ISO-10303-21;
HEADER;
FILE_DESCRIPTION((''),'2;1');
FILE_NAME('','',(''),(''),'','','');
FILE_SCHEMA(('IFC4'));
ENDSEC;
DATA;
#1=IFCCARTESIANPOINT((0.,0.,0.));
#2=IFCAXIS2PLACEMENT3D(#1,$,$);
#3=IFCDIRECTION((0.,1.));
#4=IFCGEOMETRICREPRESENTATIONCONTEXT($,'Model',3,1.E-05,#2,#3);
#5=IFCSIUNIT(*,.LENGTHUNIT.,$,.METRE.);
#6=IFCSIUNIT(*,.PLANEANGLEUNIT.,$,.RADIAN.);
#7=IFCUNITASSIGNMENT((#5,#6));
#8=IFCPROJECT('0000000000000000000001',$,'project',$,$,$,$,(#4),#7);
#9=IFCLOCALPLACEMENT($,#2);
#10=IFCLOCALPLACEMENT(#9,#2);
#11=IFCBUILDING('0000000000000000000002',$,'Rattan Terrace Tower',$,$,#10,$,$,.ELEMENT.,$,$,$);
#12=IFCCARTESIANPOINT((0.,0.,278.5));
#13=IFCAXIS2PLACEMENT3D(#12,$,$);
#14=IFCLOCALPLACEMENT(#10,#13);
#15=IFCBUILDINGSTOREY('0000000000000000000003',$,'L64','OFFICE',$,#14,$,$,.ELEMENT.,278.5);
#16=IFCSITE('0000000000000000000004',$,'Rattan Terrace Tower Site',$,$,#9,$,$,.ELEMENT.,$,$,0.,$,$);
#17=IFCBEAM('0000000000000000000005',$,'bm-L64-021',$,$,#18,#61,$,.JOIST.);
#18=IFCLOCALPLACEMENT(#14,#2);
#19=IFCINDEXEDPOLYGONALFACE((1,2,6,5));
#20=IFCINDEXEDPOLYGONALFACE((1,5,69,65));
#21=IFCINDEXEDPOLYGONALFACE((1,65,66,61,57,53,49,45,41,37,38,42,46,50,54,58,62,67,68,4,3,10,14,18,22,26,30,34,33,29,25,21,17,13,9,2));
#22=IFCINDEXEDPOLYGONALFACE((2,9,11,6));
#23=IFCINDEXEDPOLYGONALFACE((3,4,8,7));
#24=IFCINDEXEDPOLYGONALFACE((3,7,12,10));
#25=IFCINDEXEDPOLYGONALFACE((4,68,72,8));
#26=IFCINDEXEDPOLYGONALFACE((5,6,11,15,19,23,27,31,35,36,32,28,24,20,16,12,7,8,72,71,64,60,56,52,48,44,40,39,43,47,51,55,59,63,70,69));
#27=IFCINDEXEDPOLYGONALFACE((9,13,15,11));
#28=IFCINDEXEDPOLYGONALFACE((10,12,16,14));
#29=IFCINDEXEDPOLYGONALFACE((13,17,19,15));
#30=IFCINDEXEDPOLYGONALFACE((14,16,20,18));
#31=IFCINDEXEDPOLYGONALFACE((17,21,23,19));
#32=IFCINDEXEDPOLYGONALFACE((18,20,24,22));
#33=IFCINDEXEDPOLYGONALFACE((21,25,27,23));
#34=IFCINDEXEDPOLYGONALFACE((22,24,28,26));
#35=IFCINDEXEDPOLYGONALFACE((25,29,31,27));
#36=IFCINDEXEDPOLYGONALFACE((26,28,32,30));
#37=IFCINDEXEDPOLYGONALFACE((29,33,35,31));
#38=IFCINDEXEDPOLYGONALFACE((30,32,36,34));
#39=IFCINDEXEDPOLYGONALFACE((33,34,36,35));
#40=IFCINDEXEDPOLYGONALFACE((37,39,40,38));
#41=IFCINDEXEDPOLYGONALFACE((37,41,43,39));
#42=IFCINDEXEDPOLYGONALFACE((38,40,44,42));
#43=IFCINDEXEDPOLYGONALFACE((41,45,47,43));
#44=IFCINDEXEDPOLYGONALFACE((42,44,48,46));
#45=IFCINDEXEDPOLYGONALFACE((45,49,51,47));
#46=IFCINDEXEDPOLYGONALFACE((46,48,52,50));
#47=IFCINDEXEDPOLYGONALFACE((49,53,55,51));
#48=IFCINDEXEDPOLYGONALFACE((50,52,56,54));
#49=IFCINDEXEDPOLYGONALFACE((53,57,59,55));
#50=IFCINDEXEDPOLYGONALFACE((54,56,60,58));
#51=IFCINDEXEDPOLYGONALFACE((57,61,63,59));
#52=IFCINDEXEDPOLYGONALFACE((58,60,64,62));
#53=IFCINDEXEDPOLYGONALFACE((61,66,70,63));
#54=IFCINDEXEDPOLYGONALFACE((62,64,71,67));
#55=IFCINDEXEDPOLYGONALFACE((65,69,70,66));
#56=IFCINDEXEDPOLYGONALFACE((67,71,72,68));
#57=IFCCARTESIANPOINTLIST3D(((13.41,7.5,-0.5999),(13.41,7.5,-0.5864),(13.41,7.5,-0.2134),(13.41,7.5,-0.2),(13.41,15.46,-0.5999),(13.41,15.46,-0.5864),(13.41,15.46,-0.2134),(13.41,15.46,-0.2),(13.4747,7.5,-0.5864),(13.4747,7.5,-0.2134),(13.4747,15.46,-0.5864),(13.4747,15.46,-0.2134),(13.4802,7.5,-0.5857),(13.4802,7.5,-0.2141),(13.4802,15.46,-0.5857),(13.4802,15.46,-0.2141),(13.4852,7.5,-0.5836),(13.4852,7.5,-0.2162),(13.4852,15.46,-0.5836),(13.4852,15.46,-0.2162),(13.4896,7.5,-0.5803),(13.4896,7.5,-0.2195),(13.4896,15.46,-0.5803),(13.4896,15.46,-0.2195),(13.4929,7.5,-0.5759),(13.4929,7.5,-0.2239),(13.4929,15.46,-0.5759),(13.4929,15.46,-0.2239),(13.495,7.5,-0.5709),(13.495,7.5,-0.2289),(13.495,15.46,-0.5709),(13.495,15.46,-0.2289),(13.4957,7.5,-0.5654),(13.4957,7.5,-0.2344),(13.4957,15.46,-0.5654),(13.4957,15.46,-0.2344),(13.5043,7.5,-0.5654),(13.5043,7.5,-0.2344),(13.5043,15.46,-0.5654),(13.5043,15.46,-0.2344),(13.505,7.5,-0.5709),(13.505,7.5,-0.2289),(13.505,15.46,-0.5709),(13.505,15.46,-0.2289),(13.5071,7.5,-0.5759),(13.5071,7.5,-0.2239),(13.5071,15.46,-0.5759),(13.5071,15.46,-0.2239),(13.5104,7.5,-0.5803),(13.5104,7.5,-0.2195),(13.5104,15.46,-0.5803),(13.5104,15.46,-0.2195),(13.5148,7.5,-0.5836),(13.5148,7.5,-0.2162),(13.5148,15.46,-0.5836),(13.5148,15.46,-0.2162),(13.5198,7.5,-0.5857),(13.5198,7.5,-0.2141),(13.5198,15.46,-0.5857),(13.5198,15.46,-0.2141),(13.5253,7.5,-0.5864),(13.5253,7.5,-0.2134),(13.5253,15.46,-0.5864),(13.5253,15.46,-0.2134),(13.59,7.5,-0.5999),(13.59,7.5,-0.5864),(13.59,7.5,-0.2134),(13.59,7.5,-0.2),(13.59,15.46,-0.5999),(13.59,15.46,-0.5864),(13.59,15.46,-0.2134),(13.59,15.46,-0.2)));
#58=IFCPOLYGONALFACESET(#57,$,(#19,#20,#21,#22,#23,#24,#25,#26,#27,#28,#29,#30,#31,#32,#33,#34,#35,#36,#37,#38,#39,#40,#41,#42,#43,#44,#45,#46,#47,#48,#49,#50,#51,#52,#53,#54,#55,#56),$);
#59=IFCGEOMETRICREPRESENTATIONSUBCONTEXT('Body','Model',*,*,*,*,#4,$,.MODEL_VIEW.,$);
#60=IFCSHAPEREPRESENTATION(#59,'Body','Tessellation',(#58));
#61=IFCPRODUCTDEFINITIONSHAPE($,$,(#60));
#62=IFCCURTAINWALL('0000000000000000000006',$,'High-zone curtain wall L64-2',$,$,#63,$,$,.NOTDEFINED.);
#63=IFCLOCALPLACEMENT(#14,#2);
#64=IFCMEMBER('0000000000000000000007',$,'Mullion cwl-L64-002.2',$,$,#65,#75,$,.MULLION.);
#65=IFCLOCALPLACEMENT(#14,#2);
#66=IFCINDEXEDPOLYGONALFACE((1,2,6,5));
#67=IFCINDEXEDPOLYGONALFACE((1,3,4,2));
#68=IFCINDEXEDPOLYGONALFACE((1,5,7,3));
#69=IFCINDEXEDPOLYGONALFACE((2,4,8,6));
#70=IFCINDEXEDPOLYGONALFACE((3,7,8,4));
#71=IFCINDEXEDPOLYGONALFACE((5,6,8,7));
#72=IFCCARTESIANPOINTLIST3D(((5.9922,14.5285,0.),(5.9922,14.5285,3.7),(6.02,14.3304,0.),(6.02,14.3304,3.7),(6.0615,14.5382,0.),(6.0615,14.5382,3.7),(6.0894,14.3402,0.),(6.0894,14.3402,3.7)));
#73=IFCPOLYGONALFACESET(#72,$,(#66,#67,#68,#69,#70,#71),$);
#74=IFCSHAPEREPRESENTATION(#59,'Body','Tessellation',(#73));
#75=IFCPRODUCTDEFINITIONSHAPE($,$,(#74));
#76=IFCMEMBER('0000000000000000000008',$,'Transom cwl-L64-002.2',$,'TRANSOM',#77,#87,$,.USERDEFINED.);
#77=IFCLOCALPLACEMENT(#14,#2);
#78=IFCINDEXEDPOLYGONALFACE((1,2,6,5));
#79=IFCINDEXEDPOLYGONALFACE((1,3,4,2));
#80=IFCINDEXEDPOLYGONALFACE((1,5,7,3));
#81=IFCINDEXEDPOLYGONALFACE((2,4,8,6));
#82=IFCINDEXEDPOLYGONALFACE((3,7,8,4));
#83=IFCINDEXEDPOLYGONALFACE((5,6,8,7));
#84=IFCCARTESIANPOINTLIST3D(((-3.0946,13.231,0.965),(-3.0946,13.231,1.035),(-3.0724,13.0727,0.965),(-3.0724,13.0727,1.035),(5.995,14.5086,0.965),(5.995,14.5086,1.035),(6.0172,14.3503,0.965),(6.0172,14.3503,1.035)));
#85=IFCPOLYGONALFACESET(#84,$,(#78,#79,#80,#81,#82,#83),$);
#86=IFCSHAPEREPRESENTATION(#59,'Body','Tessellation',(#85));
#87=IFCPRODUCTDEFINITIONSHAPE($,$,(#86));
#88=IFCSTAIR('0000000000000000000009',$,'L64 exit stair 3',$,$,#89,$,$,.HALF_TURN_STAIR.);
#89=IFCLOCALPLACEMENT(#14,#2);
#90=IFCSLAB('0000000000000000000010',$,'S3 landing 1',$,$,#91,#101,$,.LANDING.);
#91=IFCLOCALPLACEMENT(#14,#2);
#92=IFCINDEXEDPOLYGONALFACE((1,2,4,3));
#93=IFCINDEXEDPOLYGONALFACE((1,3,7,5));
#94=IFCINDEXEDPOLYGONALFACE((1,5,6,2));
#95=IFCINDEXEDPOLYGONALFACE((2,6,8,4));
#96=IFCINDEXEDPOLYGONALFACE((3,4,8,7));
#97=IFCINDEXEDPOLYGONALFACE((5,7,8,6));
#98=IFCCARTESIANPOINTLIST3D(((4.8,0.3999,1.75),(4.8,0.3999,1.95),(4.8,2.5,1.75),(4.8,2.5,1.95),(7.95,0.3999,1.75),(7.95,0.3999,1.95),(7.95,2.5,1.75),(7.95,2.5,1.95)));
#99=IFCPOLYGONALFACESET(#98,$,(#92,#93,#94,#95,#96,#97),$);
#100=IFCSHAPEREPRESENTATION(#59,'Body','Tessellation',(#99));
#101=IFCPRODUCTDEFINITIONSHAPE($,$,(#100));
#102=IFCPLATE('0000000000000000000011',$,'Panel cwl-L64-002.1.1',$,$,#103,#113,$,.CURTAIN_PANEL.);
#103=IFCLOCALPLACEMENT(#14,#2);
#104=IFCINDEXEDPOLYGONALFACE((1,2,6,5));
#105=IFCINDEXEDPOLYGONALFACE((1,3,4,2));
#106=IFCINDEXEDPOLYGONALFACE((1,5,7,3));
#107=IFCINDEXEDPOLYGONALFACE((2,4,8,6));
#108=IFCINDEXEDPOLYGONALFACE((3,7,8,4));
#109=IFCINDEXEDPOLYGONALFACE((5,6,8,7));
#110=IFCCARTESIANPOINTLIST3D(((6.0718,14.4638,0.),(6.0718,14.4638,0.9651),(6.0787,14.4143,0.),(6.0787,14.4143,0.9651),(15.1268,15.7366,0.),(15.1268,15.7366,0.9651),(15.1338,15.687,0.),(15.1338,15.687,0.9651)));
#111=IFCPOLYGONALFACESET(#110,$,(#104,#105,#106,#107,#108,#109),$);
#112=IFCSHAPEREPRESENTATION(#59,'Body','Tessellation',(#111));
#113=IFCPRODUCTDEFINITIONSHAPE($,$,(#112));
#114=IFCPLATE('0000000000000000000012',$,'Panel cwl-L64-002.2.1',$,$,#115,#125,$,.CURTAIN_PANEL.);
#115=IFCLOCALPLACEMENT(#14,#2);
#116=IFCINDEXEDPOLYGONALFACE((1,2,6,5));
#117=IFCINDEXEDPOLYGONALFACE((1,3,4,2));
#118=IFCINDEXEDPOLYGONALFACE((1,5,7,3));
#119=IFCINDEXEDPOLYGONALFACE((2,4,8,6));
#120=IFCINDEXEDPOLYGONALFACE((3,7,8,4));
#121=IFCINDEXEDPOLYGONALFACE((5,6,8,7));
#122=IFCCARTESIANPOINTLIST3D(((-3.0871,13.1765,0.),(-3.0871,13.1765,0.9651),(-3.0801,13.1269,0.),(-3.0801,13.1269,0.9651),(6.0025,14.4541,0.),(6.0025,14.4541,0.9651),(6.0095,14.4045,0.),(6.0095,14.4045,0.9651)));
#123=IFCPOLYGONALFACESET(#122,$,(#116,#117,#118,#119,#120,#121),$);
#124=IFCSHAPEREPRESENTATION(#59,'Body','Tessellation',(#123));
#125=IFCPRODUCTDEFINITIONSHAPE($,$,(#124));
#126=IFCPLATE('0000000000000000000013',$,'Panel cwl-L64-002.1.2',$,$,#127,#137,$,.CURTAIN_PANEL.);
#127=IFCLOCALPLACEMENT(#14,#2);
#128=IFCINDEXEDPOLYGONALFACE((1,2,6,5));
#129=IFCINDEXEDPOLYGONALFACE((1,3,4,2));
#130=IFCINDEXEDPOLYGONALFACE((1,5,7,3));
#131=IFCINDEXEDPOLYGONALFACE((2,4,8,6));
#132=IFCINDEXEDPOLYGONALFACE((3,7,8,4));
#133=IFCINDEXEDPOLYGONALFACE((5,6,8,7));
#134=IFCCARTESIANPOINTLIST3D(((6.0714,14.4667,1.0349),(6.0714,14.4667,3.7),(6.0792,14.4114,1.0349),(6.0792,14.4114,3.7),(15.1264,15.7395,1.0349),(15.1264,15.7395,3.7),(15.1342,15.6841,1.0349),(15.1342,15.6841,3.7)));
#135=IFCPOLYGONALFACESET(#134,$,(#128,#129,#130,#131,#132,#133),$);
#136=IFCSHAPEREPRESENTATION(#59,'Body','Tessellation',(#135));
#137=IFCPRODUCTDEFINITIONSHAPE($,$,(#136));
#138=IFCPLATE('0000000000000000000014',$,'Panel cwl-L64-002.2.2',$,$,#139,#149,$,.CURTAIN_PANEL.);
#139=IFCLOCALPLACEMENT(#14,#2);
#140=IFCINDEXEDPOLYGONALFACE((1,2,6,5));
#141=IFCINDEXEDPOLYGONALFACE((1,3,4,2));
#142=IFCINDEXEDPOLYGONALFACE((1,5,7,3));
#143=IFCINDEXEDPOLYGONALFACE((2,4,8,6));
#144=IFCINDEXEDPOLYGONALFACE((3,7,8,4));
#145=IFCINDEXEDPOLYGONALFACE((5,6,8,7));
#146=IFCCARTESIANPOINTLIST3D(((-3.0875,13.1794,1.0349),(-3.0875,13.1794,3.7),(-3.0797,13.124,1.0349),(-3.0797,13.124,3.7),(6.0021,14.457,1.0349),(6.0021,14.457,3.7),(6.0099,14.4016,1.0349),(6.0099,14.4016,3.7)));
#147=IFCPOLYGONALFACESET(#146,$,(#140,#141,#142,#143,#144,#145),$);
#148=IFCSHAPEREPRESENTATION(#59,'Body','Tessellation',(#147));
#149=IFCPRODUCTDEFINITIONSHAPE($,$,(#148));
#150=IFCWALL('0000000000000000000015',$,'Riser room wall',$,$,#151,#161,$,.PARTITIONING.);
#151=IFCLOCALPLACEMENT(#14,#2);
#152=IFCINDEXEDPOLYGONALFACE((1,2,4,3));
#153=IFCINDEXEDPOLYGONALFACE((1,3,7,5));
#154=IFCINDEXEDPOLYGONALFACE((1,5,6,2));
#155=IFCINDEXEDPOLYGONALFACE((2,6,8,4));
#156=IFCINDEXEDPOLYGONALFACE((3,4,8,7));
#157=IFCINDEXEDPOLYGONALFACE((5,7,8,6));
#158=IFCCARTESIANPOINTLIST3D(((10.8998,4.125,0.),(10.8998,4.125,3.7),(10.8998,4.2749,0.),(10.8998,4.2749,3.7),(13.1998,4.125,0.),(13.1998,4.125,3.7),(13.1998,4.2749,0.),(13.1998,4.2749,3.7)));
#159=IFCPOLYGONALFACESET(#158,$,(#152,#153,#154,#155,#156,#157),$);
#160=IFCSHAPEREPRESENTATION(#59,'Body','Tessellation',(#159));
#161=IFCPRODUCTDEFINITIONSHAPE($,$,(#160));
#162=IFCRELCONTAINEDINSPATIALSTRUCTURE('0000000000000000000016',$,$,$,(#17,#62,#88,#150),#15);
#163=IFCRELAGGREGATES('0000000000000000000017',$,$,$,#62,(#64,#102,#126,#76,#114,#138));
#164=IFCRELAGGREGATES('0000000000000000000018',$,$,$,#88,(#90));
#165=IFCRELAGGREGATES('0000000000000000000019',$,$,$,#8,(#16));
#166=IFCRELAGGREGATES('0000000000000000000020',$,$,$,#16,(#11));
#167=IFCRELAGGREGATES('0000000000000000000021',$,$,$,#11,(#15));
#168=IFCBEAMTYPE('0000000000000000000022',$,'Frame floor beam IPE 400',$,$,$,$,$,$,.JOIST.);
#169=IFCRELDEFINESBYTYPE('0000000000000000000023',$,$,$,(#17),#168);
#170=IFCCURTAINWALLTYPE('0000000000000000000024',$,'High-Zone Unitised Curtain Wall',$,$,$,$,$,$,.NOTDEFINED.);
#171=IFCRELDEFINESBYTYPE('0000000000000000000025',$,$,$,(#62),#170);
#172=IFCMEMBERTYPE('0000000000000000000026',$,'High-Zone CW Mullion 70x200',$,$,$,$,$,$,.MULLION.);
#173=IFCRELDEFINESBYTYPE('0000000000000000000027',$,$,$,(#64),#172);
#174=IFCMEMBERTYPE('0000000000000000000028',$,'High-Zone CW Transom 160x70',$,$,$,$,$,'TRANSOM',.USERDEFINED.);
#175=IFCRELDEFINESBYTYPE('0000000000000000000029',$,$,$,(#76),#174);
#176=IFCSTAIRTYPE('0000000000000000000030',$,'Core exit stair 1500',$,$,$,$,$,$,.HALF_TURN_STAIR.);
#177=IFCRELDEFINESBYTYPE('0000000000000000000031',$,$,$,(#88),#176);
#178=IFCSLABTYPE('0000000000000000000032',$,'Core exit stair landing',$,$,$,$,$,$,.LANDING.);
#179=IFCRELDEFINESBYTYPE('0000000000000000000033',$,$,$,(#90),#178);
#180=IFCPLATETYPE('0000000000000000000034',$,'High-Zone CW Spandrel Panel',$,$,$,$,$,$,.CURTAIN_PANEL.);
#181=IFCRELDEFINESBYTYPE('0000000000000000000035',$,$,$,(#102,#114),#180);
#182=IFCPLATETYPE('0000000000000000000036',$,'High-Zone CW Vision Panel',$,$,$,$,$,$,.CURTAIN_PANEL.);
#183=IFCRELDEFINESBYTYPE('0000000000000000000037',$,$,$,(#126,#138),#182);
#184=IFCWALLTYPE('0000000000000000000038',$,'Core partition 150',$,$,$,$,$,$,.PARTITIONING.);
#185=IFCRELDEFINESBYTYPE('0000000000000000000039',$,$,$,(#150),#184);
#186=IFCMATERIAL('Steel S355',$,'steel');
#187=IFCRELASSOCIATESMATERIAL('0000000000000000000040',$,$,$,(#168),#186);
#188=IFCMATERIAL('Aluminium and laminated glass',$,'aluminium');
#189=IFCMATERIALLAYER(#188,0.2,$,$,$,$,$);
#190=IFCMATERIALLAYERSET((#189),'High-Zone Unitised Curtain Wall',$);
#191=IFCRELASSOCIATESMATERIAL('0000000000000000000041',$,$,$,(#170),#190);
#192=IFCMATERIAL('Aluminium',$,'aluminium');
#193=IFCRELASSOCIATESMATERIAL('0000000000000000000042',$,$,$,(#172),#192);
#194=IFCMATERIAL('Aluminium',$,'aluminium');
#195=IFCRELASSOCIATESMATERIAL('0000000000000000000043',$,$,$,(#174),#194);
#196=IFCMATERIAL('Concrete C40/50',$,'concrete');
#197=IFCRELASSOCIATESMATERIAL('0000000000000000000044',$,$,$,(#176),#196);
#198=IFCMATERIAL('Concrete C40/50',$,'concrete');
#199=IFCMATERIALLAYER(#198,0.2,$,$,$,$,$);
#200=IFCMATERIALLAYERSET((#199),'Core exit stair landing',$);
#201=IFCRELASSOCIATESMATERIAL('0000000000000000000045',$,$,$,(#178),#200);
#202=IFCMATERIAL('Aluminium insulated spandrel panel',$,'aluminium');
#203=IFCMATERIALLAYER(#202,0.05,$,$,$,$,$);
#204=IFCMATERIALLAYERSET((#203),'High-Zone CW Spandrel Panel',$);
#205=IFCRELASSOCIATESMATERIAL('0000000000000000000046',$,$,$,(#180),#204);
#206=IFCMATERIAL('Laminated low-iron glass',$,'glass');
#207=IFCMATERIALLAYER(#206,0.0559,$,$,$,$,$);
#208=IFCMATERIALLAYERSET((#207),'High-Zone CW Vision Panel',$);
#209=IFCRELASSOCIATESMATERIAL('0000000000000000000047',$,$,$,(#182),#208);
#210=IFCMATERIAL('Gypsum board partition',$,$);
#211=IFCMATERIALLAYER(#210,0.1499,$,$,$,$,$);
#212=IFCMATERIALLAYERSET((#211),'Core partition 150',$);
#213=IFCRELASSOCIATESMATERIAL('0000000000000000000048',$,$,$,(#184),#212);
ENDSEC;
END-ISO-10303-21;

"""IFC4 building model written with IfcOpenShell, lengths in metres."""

from ifc_helpers import new_model, si_unit, direction, frame, frame_2d, origin, origin_2d, place, context, subcontext, project, spatial, polyline, rectangle, i_section, outline, extrude, material, layer, layer_set, material_profile, profile_set, type_object, element, aggregate, save


model = new_model("IFC4")

# Units and contexts
model_context = context("Model", 3, precision=1e-05, world=origin(), true_north=direction((0.0, 1.0)))
body_context = subcontext(model_context, "Body", "Model", "MODEL_VIEW")
ifc_project = project(units=[si_unit("LENGTHUNIT", "METRE"), si_unit("PLANEANGLEUNIT", "RADIAN")], contexts=[model_context])

# Site, building, storey
site_placement = place(None, origin())
site = spatial("IfcSite", under=ifc_project, at=site_placement, Name="Rattan Terrace Tower Site", CompositionType="ELEMENT", RefElevation=0.0)
building_placement = place(site_placement, origin())
building = spatial("IfcBuilding", under=site, at=building_placement, Name="Rattan Terrace Tower", CompositionType="ELEMENT")
storey_placement = place(building_placement, frame((0.0, 0.0, 278.5)))
storey = spatial("IfcBuildingStorey", under=building, at=storey_placement, Name="L64", Description="OFFICE", CompositionType="ELEMENT", Elevation=278.5)

# Beam
ifc_material_1 = material(Name="Steel S355", Category="steel")
ifc_material_profile_1 = material_profile(ifc_material_1, i_section(OverallWidth=0.1799, OverallDepth=0.3999, WebThickness=0.0085, FlangeThickness=0.0134, FilletRadius=0.021, at=origin_2d()), Name="IPE 400")
ifc_profile_set_1 = profile_set([ifc_material_profile_1], Name="Steel S355")
beam_type_1 = type_object("IfcBeamType", Name="Frame floor beam IPE 400", PredefinedType="JOIST", material=ifc_profile_set_1)
beam_1_placement = place(storey_placement, frame((13.5, 7.5, -0.3999), z_axis=(0.0, 1.0, 0.0), x_axis=(-1.0, 0.0, 0.0)))
element("IfcBeam", 1, at=beam_1_placement, inside=storey, type_object=beam_type_1, Name="bm-L64-021", PredefinedType="JOIST", context=body_context, shape_type="SweptSolid", body=[
    extrude(i_section(OverallWidth=0.1799, OverallDepth=0.3999, WebThickness=0.0085, FlangeThickness=0.0134, FilletRadius=0.021, at=origin_2d()), origin(), (0.0, 0.0, 1.0), 7.96),
])

# Curtain wall, members
ifc_material_2 = material(Name="Aluminium and laminated glass", Category="aluminium")
ifc_layer_1 = layer(ifc_material_2, 0.2)
ifc_layer_set_1 = layer_set([ifc_layer_1], Name="High-Zone Unitised Curtain Wall")
curtain_wall_type = type_object("IfcCurtainWallType", Name="High-Zone Unitised Curtain Wall", PredefinedType="NOTDEFINED", material=ifc_layer_set_1)
curtain_wall_placement = place(storey_placement, origin())
curtain_wall = element("IfcCurtainWall", 2, at=curtain_wall_placement, inside=storey, type_object=curtain_wall_type, Name="High-zone curtain wall L64-2", PredefinedType="NOTDEFINED")
ifc_material_3 = material(Name="Aluminium", Category="aluminium")
ifc_material_profile_2 = material_profile(ifc_material_3, rectangle(XDim=0.0701, YDim=0.2, at=origin_2d()), Name="Aluminium 70x200")
ifc_profile_set_2 = profile_set([ifc_material_profile_2], Name="Aluminium")
member_type_1 = type_object("IfcMemberType", Name="High-Zone CW Mullion 70x200", PredefinedType="MULLION", material=ifc_profile_set_2)
member_1_placement = place(storey_placement, frame((6.0408, 14.4343, 0.0), z_axis=(0.0, 0.0, 1.0), x_axis=(-0.990266, -0.139189, 0.0)))
member_1 = element("IfcMember", 3, at=member_1_placement, type_object=member_type_1, Name="Mullion cwl-L64-002.2", PredefinedType="MULLION", context=body_context, shape_type="SweptSolid", body=[
    extrude(rectangle(XDim=0.0701, YDim=0.2, at=origin_2d()), origin(), (0.0, 0.0, 1.0), 3.7),
])
ifc_material_4 = material(Name="Aluminium", Category="aluminium")
ifc_material_profile_3 = material_profile(ifc_material_4, rectangle(XDim=0.1599, YDim=0.0701, at=origin_2d()), Name="Aluminium 160x70")
ifc_profile_set_3 = profile_set([ifc_material_profile_3], Name="Aluminium")
member_type_2 = type_object("IfcMemberType", Name="High-Zone CW Transom 160x70", ElementType="TRANSOM", PredefinedType="USERDEFINED", material=ifc_profile_set_3)
member_2_placement = place(storey_placement, frame((6.0061, 14.4294, 1.0), z_axis=(-0.990266, -0.139187, 0.0), x_axis=(0.139187, -0.990266, 0.0)))
member_2 = element("IfcMember", 4, at=member_2_placement, type_object=member_type_2, Name="Transom cwl-L64-002.2", ObjectType="TRANSOM", PredefinedType="USERDEFINED", context=body_context, shape_type="SweptSolid", body=[
    extrude(rectangle(XDim=0.1599, YDim=0.0701, at=origin_2d()), origin(), (0.0, 0.0, 1.0), 9.179),
])

# Stair, slab
ifc_material_5 = material(Name="Concrete C40/50", Category="concrete")
stair_type = type_object("IfcStairType", Name="Core exit stair 1500", PredefinedType="HALF_TURN_STAIR", material=ifc_material_5)
stair_placement = place(storey_placement, origin())
stair = element("IfcStair", 5, at=stair_placement, inside=storey, type_object=stair_type, Name="L64 exit stair 3", PredefinedType="HALF_TURN_STAIR")
ifc_material_6 = material(Name="Concrete C40/50", Category="concrete")
ifc_layer_2 = layer(ifc_material_6, 0.2)
ifc_layer_set_2 = layer_set([ifc_layer_2], Name="Core exit stair landing")
slab_type = type_object("IfcSlabType", Name="Core exit stair landing", PredefinedType="LANDING", material=ifc_layer_set_2)
slab_placement = place(storey_placement, frame((0.0, 0.0, 1.75)))
slab = element("IfcSlab", 6, at=slab_placement, type_object=slab_type, Name="S3 landing 1", PredefinedType="LANDING", context=body_context, shape_type="SweptSolid", body=[
    extrude(outline(polyline([(4.8, 2.5), (4.8, 0.3999), (7.95, 0.3999), (7.95, 2.5), (4.8, 2.5)])), origin(), (0.0, 0.0, 1.0), 0.2),
])

# Plates
ifc_material_7 = material(Name="Aluminium insulated spandrel panel", Category="aluminium")
ifc_layer_3 = layer(ifc_material_7, 0.05)
ifc_layer_set_3 = layer_set([ifc_layer_3], Name="High-Zone CW Spandrel Panel")
plate_type_1 = type_object("IfcPlateType", Name="High-Zone CW Spandrel Panel", PredefinedType="CURTAIN_PANEL", material=ifc_layer_set_3)
plate_1_placement = place(storey_placement, frame((10.6028, 15.0754, 0.0), z_axis=(0.0, 0.0, 1.0), x_axis=(-0.990266, -0.139189, 0.0)))
plate_1 = element("IfcPlate", 7, at=plate_1_placement, type_object=plate_type_1, Name="Panel cwl-L64-002.1.1", PredefinedType="CURTAIN_PANEL", context=body_context, shape_type="SweptSolid", body=[
    extrude(rectangle(XDim=9.144, YDim=0.05, at=origin_2d()), origin(), (0.0, 0.0, 1.0), 0.9651),
])
plate_2_placement = place(storey_placement, frame((1.4612, 13.7905, 0.0), z_axis=(0.0, 0.0, 1.0), x_axis=(-0.990266, -0.139189, 0.0)))
plate_2 = element("IfcPlate", 8, at=plate_2_placement, type_object=plate_type_1, Name="Panel cwl-L64-002.2.1", PredefinedType="CURTAIN_PANEL", context=body_context, shape_type="SweptSolid", body=[
    extrude(rectangle(XDim=9.179, YDim=0.05, at=origin_2d()), origin(), (0.0, 0.0, 1.0), 0.9651),
])
ifc_material_8 = material(Name="Laminated low-iron glass", Category="glass")
ifc_layer_4 = layer(ifc_material_8, 0.0559)
ifc_layer_set_4 = layer_set([ifc_layer_4], Name="High-Zone CW Vision Panel")
plate_type_2 = type_object("IfcPlateType", Name="High-Zone CW Vision Panel", PredefinedType="CURTAIN_PANEL", material=ifc_layer_set_4)
plate_3_placement = place(storey_placement, frame((10.6028, 15.0754, 1.0349), z_axis=(0.0, 0.0, 1.0), x_axis=(-0.990266, -0.139189, 0.0)))
plate_3 = element("IfcPlate", 9, at=plate_3_placement, type_object=plate_type_2, Name="Panel cwl-L64-002.1.2", PredefinedType="CURTAIN_PANEL", context=body_context, shape_type="SweptSolid", body=[
    extrude(rectangle(XDim=9.144, YDim=0.0559, at=origin_2d()), origin(), (0.0, 0.0, 1.0), 2.665),
])
plate_4_placement = place(storey_placement, frame((1.4612, 13.7905, 1.0349), z_axis=(0.0, 0.0, 1.0), x_axis=(-0.990266, -0.139189, 0.0)))
plate_4 = element("IfcPlate", 10, at=plate_4_placement, type_object=plate_type_2, Name="Panel cwl-L64-002.2.2", PredefinedType="CURTAIN_PANEL", context=body_context, shape_type="SweptSolid", body=[
    extrude(rectangle(XDim=9.179, YDim=0.0559, at=origin_2d()), origin(), (0.0, 0.0, 1.0), 2.665),
])
aggregate(curtain_wall, [member_1, plate_1, plate_3, member_2, plate_2, plate_4])

# Wall
ifc_material_9 = material(Name="Gypsum board partition")
ifc_layer_5 = layer(ifc_material_9, 0.1499)
ifc_layer_set_5 = layer_set([ifc_layer_5], Name="Core partition 150")
wall_type_1 = type_object("IfcWallType", Name="Core partition 150", PredefinedType="PARTITIONING", material=ifc_layer_set_5)
wall_1_placement = place(storey_placement, frame((10.8999, 4.2, 0.0), z_axis=(0.0, 0.0, 1.0), x_axis=(1.0, 0.0, 0.0)))
element("IfcWall", 11, at=wall_1_placement, inside=storey, type_object=wall_type_1, Name="Riser room wall", PredefinedType="PARTITIONING", context=body_context, shape_type="SweptSolid", body=[
    extrude(rectangle(XDim=2.3, YDim=0.1499, at=frame_2d((1.1499, 0.0))), origin(), (0.0, 0.0, 1.0), 3.7),
])

aggregate(stair, [slab])

save(model, "model.ifc")
